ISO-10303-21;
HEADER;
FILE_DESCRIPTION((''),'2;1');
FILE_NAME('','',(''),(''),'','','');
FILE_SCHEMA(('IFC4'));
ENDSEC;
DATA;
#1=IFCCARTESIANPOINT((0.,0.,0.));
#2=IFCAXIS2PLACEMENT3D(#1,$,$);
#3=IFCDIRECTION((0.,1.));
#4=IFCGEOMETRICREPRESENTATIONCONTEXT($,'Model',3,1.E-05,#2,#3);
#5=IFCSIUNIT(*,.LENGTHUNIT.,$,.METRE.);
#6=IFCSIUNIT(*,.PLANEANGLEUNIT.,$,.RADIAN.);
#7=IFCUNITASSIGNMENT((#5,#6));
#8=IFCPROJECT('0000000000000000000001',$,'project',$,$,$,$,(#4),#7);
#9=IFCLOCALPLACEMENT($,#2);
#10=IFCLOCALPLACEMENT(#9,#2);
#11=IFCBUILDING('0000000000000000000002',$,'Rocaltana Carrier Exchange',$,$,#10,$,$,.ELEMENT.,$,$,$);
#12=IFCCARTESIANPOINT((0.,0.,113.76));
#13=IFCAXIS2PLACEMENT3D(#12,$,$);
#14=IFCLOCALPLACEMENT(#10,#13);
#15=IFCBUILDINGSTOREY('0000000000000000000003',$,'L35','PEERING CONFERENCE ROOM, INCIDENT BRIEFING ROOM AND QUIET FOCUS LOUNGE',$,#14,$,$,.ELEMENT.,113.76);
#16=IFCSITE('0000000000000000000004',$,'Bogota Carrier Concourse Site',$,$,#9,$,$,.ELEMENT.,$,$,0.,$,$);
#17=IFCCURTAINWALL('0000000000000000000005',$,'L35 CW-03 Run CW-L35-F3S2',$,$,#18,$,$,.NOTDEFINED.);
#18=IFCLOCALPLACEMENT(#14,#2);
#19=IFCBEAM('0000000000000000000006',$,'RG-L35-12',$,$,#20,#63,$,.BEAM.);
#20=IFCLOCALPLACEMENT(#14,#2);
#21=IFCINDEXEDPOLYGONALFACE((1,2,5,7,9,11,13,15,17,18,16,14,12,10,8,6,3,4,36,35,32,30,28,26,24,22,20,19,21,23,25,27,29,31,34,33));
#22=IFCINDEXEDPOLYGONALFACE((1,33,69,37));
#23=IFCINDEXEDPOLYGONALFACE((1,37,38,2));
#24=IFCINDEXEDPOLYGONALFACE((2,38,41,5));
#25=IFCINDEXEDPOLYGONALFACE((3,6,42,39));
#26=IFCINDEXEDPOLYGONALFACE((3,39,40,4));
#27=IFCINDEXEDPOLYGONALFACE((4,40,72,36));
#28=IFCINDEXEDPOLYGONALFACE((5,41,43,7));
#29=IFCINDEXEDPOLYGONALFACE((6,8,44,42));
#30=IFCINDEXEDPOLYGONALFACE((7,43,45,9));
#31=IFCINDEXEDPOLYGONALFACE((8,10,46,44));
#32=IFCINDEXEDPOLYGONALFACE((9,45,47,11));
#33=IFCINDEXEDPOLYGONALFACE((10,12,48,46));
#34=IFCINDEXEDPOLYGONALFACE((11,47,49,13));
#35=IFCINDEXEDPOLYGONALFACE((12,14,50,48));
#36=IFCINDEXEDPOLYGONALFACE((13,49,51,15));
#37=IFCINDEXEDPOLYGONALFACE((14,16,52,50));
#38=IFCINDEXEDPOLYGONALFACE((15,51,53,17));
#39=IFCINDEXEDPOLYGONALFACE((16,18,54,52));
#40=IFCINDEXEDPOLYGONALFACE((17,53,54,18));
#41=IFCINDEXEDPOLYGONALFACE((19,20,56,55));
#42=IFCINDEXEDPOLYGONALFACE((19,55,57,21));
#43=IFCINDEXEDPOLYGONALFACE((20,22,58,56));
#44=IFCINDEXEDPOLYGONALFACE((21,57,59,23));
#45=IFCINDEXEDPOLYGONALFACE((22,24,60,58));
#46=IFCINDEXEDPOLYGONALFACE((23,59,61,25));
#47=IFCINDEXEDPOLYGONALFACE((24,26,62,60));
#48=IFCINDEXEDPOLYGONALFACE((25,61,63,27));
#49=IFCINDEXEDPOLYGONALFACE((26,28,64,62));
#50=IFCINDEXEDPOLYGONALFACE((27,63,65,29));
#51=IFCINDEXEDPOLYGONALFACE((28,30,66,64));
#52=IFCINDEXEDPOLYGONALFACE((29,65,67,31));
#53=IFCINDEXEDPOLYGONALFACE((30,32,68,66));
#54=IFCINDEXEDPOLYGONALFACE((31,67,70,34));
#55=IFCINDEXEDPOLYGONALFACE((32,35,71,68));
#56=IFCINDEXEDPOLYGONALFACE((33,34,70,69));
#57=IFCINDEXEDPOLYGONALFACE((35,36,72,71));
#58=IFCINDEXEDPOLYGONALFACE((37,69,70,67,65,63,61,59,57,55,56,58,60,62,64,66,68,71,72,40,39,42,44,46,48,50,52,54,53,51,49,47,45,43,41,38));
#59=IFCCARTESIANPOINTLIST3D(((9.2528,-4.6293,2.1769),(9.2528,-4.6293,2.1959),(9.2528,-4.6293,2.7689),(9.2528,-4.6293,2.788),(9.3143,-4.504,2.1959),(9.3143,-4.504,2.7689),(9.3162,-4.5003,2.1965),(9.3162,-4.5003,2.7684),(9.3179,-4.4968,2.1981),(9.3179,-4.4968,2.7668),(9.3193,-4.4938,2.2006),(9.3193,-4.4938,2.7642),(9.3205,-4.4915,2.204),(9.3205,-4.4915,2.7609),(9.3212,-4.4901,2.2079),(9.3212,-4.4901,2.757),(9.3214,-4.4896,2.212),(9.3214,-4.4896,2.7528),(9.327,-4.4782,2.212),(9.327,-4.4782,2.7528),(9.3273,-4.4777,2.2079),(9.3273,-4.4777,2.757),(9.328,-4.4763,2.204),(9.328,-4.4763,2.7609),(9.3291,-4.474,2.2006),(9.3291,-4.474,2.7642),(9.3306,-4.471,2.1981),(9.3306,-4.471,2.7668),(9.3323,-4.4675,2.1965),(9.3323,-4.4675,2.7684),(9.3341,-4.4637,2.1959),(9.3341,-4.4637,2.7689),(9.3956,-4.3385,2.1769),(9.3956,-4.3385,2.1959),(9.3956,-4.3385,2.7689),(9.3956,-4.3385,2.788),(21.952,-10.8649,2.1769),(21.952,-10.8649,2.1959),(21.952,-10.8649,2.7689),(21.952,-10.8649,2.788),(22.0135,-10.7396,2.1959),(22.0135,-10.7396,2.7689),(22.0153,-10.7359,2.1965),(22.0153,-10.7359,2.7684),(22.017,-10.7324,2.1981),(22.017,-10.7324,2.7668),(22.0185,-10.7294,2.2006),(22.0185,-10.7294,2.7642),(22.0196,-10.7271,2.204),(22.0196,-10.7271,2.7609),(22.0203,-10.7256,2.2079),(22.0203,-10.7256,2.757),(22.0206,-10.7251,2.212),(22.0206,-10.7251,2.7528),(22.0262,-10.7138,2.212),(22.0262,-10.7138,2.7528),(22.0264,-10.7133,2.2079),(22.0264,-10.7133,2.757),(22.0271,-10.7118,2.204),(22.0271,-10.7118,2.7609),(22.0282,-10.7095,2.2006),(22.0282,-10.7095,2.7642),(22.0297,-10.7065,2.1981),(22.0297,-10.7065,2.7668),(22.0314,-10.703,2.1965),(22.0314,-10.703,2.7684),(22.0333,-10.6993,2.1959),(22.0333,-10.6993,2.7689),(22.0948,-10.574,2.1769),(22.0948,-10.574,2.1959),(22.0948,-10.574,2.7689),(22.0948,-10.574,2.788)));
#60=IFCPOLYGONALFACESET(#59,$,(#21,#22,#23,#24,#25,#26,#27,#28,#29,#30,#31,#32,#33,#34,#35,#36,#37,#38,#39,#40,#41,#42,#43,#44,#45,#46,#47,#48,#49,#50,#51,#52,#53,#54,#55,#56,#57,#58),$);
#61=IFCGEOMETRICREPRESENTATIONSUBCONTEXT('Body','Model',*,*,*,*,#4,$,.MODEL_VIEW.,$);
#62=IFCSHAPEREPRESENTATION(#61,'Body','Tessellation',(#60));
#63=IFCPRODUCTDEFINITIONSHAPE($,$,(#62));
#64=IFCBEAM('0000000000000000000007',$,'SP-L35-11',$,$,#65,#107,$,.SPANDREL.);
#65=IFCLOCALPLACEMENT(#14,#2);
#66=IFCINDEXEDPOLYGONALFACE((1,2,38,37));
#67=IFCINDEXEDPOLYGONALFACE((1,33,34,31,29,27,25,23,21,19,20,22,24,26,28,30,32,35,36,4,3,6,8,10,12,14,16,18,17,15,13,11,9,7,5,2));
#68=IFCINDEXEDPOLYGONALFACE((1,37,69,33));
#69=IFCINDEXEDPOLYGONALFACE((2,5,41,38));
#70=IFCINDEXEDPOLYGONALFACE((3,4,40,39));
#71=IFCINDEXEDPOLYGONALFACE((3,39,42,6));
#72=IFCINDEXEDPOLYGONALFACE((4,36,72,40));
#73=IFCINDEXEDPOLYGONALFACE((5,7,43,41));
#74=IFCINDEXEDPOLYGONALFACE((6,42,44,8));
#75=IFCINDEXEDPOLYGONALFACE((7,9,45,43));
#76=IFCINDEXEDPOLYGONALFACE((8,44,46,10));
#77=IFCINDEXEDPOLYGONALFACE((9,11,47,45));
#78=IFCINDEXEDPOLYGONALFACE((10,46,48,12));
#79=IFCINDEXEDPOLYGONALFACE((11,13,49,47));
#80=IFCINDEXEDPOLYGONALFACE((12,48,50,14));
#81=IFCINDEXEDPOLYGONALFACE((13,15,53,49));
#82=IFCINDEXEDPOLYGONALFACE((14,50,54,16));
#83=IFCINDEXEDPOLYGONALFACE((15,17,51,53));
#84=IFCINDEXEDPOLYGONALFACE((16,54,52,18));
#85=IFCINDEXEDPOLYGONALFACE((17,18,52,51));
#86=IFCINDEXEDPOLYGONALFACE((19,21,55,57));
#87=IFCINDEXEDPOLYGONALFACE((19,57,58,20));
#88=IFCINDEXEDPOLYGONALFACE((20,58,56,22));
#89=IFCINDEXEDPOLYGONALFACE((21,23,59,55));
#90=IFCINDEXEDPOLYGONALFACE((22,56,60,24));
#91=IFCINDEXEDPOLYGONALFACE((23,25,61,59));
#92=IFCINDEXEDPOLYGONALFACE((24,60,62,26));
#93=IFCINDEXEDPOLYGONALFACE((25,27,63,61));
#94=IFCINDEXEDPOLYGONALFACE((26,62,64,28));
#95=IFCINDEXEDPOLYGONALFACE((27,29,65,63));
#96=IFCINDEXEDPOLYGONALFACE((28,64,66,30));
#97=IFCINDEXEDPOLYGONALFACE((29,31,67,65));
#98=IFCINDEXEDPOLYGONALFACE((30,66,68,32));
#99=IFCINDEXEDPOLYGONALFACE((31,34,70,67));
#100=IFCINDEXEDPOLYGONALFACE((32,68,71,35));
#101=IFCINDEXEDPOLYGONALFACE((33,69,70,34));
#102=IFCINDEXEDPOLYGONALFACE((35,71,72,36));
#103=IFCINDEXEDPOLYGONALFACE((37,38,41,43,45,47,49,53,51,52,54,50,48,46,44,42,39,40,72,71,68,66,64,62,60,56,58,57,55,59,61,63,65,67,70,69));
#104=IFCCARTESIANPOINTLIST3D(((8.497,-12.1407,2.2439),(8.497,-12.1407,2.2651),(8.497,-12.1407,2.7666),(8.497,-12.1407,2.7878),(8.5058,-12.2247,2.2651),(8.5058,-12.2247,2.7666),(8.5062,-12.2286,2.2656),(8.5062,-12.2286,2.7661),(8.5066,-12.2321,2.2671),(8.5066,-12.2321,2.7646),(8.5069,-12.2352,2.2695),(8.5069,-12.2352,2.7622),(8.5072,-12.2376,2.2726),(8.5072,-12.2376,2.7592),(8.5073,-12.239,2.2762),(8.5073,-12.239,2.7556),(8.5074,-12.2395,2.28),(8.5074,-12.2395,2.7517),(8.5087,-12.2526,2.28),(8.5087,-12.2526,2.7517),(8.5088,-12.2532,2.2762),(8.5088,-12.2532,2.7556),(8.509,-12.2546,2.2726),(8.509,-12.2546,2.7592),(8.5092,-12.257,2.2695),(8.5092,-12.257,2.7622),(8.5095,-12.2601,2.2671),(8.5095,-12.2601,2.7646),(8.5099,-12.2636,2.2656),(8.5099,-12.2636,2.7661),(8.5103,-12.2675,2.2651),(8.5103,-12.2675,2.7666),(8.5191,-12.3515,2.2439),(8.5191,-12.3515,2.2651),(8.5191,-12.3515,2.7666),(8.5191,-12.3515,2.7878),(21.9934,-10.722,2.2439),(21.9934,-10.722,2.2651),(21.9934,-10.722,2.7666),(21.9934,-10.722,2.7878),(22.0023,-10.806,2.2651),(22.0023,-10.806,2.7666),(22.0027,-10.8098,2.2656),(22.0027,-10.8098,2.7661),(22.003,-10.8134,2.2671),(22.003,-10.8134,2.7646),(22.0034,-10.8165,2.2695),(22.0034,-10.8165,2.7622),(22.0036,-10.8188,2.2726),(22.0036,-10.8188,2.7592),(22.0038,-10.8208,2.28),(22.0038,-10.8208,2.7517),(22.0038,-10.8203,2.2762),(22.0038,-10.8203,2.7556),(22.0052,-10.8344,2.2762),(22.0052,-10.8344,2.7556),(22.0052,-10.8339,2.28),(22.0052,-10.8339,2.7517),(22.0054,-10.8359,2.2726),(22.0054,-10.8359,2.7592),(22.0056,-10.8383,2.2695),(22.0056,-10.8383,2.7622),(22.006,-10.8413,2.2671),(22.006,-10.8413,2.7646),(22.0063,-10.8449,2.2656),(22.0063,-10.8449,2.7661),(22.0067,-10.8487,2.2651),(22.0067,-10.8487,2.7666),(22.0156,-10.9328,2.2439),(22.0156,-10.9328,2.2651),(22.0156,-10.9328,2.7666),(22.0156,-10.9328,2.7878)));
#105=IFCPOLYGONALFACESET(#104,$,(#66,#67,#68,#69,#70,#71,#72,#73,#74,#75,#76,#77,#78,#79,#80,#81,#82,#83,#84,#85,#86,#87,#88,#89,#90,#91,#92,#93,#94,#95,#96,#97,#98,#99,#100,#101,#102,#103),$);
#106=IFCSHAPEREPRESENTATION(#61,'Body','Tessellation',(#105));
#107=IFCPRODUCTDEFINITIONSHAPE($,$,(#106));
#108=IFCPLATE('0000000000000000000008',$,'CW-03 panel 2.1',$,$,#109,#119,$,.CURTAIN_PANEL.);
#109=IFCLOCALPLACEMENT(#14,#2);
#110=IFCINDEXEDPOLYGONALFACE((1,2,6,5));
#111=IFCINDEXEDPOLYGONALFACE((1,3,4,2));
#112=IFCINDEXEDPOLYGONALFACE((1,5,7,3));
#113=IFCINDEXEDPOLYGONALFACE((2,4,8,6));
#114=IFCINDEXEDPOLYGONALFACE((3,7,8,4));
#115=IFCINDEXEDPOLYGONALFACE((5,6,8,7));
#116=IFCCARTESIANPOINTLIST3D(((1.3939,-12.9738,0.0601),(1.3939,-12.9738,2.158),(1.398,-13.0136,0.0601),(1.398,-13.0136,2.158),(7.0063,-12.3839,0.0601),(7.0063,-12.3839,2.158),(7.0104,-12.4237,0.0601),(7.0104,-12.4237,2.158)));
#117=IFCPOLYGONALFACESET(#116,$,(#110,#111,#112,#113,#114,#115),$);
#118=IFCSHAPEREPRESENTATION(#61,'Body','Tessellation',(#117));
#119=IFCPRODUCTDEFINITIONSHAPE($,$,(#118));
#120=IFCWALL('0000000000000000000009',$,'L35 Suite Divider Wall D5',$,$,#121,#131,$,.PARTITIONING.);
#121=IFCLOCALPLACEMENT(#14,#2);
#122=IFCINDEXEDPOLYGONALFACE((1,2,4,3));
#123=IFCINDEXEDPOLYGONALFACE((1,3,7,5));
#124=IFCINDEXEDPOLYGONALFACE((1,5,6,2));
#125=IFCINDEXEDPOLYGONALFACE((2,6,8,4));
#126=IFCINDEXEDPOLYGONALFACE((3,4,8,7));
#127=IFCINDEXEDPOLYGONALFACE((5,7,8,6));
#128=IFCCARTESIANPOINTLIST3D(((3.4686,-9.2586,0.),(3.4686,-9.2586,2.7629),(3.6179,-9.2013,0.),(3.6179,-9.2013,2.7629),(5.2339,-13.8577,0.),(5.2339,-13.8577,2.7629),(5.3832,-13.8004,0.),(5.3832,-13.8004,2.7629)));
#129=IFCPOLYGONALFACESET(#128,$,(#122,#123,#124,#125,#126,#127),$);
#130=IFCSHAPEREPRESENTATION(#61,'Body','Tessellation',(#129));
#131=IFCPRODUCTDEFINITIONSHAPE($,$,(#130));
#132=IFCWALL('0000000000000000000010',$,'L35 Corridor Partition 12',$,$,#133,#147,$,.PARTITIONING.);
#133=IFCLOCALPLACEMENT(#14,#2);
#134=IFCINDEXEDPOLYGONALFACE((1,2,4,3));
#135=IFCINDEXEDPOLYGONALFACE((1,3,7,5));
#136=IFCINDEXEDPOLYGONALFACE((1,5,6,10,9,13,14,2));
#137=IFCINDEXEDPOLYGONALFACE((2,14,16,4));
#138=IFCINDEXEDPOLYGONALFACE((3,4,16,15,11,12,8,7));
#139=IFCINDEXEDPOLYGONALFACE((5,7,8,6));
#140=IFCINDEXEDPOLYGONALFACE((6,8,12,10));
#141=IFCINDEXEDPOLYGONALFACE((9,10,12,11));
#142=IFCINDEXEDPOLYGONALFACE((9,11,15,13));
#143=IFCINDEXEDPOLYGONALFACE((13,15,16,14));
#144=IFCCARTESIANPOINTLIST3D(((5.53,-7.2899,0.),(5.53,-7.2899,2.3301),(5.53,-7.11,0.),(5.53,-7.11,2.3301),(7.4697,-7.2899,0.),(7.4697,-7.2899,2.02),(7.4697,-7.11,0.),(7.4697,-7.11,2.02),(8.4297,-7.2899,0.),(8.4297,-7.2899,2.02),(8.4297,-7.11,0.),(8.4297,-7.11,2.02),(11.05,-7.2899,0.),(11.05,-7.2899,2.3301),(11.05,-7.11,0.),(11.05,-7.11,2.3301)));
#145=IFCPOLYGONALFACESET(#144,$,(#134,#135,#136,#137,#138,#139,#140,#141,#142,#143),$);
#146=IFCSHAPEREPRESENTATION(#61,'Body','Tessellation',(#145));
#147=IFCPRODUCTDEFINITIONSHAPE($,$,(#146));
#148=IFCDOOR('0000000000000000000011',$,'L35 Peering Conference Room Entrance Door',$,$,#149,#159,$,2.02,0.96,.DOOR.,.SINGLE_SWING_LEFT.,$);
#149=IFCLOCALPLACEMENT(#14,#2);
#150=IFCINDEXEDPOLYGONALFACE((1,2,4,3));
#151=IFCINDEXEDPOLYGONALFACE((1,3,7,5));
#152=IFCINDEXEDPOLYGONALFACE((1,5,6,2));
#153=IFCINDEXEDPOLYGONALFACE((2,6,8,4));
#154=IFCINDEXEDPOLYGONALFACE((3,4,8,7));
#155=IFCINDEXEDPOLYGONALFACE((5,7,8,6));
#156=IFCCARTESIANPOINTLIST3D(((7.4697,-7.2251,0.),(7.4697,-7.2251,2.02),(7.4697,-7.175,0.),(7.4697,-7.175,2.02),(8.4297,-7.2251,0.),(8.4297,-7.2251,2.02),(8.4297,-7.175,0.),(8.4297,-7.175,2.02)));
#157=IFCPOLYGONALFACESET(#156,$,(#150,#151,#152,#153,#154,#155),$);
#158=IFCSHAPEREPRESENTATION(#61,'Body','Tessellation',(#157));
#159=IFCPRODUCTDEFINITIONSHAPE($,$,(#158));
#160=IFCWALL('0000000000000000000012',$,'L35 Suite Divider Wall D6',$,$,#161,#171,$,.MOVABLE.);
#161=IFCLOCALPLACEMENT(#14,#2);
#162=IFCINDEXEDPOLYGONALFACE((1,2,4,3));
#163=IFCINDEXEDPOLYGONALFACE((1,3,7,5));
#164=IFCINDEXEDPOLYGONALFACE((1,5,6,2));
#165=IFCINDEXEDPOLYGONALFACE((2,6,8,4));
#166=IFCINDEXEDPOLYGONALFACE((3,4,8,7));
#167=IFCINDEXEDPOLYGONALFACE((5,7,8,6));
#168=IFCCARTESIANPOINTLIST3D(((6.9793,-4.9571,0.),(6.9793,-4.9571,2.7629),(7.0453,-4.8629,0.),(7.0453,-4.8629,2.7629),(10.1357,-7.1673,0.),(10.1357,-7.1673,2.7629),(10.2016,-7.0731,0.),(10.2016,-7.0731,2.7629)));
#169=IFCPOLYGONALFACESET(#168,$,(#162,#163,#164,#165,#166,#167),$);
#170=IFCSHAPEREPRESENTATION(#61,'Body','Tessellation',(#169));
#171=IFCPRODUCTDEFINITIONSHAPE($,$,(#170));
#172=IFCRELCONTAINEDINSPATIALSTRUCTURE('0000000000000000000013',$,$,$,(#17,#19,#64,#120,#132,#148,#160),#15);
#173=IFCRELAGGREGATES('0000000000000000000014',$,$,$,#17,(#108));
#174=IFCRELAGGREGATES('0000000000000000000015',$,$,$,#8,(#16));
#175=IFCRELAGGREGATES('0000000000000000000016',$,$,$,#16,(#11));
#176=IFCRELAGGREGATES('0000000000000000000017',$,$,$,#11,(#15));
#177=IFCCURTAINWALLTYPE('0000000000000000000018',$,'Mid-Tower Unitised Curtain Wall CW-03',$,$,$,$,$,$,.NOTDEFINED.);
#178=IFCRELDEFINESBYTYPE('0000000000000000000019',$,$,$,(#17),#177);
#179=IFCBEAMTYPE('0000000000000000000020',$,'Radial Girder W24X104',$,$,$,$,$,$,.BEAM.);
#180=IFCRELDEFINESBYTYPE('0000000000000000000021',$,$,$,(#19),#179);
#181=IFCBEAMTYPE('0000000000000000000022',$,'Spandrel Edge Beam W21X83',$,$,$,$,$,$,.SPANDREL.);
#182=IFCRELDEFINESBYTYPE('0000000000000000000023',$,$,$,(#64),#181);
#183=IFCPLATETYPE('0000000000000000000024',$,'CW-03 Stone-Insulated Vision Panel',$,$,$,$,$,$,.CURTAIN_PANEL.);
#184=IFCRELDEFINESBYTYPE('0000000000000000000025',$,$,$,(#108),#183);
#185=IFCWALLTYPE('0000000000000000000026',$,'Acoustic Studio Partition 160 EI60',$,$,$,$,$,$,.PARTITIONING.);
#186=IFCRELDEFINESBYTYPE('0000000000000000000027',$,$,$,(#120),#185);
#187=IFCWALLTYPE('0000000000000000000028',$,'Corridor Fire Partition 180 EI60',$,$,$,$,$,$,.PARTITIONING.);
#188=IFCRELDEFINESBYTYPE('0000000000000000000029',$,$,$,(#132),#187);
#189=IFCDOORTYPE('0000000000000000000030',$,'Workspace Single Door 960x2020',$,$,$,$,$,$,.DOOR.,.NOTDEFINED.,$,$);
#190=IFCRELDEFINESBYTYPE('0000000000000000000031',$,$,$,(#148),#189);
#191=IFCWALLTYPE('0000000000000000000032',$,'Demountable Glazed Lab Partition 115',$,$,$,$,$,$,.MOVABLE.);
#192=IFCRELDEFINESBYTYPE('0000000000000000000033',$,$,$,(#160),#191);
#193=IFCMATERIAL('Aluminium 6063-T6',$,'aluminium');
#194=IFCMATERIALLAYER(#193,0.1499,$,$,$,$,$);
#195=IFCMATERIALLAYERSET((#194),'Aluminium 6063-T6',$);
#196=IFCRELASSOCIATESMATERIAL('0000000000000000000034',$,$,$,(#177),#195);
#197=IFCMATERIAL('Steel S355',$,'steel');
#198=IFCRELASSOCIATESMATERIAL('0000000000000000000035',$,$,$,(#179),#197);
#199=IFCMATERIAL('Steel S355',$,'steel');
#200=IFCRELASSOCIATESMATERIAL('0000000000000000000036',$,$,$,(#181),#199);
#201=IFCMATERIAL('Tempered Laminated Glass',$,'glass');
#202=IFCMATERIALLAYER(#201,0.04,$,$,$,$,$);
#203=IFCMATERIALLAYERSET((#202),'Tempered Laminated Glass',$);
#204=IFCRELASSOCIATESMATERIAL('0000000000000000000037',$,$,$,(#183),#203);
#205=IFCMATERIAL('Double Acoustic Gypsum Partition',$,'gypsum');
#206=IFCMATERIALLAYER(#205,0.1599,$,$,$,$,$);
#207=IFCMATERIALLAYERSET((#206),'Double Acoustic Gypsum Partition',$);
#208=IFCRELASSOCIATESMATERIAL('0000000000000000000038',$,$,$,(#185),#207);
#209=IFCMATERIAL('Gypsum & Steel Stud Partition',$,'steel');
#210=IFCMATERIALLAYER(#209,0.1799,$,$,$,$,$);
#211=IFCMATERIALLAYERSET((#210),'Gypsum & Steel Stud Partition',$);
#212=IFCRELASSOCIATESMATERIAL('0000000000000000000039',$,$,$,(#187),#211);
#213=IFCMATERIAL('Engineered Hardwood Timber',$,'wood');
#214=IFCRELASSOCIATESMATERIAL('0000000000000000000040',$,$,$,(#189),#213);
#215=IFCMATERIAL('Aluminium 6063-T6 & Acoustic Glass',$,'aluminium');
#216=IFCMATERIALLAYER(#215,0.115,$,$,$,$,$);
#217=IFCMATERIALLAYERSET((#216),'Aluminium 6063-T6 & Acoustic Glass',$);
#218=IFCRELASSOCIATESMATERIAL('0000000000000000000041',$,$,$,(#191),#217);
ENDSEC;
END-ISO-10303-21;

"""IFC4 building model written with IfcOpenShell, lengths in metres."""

from ifc_helpers import new_model, si_unit, direction, frame, frame_2d, origin, origin_2d, place, context, subcontext, project, spatial, rectangle, i_section, extrude, material, layer, layer_set, material_profile, profile_set, type_object, element, fill, aggregate, save


model = new_model("IFC4")

# Units and contexts
model_context = context("Model", 3, precision=1e-05, world=origin(), true_north=direction((0.0, 1.0)))
body_context = subcontext(model_context, "Body", "Model", "MODEL_VIEW")
ifc_project = project(units=[si_unit("LENGTHUNIT", "METRE"), si_unit("PLANEANGLEUNIT", "RADIAN")], contexts=[model_context])

# Site, building, storey
site_placement = place(None, origin())
site = spatial("IfcSite", under=ifc_project, at=site_placement, Name="Bogota Carrier Concourse Site", CompositionType="ELEMENT", RefElevation=0.0)
building_placement = place(site_placement, origin())
building = spatial("IfcBuilding", under=site, at=building_placement, Name="Rocaltana Carrier Exchange", CompositionType="ELEMENT")
storey_placement = place(building_placement, frame((0.0, 0.0, 113.76)))
storey = spatial("IfcBuildingStorey", under=building, at=storey_placement, Name="L35", Description="PEERING CONFERENCE ROOM, INCIDENT BRIEFING ROOM AND QUIET FOCUS LOUNGE", CompositionType="ELEMENT", Elevation=113.76)

# Curtain wall
ifc_material_1 = material(Name="Aluminium 6063-T6", Category="aluminium")
ifc_layer_1 = layer(ifc_material_1, 0.1499)
ifc_layer_set_1 = layer_set([ifc_layer_1], Name="Aluminium 6063-T6")
curtain_wall_type = type_object("IfcCurtainWallType", Name="Mid-Tower Unitised Curtain Wall CW-03", PredefinedType="NOTDEFINED", material=ifc_layer_set_1)
curtain_wall_placement = place(storey_placement, origin())
curtain_wall = element("IfcCurtainWall", 1, at=curtain_wall_placement, inside=storey, type_object=curtain_wall_type, Name="L35 CW-03 Run CW-L35-F3S2", PredefinedType="NOTDEFINED")

# Beams
ifc_material_2 = material(Name="Steel S355", Category="steel")
ifc_material_profile_1 = material_profile(ifc_material_2, i_section(OverallWidth=0.324, OverallDepth=0.6111, WebThickness=0.0127, FlangeThickness=0.019, FilletRadius=0.0161, at=origin_2d()), Name="W24X104")
ifc_profile_set_1 = profile_set([ifc_material_profile_1], Name="Steel S355")
beam_type_1 = type_object("IfcBeamType", Name="Radial Girder W24X104", PredefinedType="BEAM", material=ifc_profile_set_1)
beam_1_placement = place(storey_placement, frame((9.3242, -4.4839, 2.4824), z_axis=(0.897628, -0.440755, 0.0), x_axis=(0.440755, 0.897628, 0.0)))
element("IfcBeam", 2, at=beam_1_placement, inside=storey, type_object=beam_type_1, Name="RG-L35-12", PredefinedType="BEAM", context=body_context, shape_type="SweptSolid", body=[
    extrude(i_section(OverallWidth=0.324, OverallDepth=0.6111, WebThickness=0.0127, FlangeThickness=0.019, FilletRadius=0.0161, at=origin_2d()), origin(), (0.0, 0.0, 1.0), 14.1475),
])
ifc_material_3 = material(Name="Steel S355", Category="steel")
ifc_material_profile_2 = material_profile(ifc_material_3, i_section(OverallWidth=0.2119, OverallDepth=0.5439, WebThickness=0.0132, FlangeThickness=0.0212, FilletRadius=0.0149, at=origin_2d()), Name="W21X83")
ifc_profile_set_2 = profile_set([ifc_material_profile_2], Name="Steel S355")
beam_type_2 = type_object("IfcBeamType", Name="Spandrel Edge Beam W21X83", PredefinedType="SPANDREL", material=ifc_profile_set_2)
beam_2_placement = place(storey_placement, frame((8.5081, -12.2461, 2.5159), z_axis=(0.994521, 0.104542, 0.0), x_axis=(-0.104542, 0.994521, 0.0)))
element("IfcBeam", 3, at=beam_2_placement, inside=storey, type_object=beam_type_2, Name="SP-L35-11", PredefinedType="SPANDREL", context=body_context, shape_type="SweptSolid", body=[
    extrude(i_section(OverallWidth=0.2119, OverallDepth=0.5439, WebThickness=0.0132, FlangeThickness=0.0212, FilletRadius=0.0149, at=origin_2d()), origin(), (0.0, 0.0, 1.0), 13.5708),
])

# Plate
ifc_material_4 = material(Name="Tempered Laminated Glass", Category="glass")
ifc_layer_2 = layer(ifc_material_4, 0.04)
ifc_layer_set_2 = layer_set([ifc_layer_2], Name="Tempered Laminated Glass")
plate_type = type_object("IfcPlateType", Name="CW-03 Stone-Insulated Vision Panel", PredefinedType="CURTAIN_PANEL", material=ifc_layer_set_2)
plate_placement = place(storey_placement, frame((4.2021, -12.6987, 0.0601), z_axis=(0.0, 0.0, 1.0), x_axis=(0.994522, 0.10453, 0.0)))
plate = element("IfcPlate", 4, at=plate_placement, type_object=plate_type, Name="CW-03 panel 2.1", PredefinedType="CURTAIN_PANEL", context=body_context, shape_type="SweptSolid", body=[
    extrude(rectangle(XDim=5.6433, YDim=0.04, at=origin_2d()), origin(), (0.0, 0.0, 1.0), 2.0979),
])
aggregate(curtain_wall, [plate])

# Wall
ifc_material_5 = material(Name="Double Acoustic Gypsum Partition", Category="gypsum")
ifc_layer_3 = layer(ifc_material_5, 0.1599)
ifc_layer_set_3 = layer_set([ifc_layer_3], Name="Double Acoustic Gypsum Partition")
wall_type_1 = type_object("IfcWallType", Name="Acoustic Studio Partition 160 EI60", PredefinedType="PARTITIONING", material=ifc_layer_set_3)
wall_1_placement = place(storey_placement, frame((3.5432, -9.23, 0.0), z_axis=(0.0, 0.0, 1.0), x_axis=(0.358358, -0.933584, 0.0)))
element("IfcWall", 5, at=wall_1_placement, inside=storey, type_object=wall_type_1, Name="L35 Suite Divider Wall D5", PredefinedType="PARTITIONING", context=body_context, shape_type="SweptSolid", body=[
    extrude(rectangle(XDim=4.9263, YDim=0.1599, at=frame_2d((2.4631, 0.0))), origin(), (0.0, 0.0, 1.0), 2.7629),
])

# Wall, opening, door
ifc_material_6 = material(Name="Gypsum & Steel Stud Partition", Category="steel")
ifc_layer_4 = layer(ifc_material_6, 0.1799)
ifc_layer_set_4 = layer_set([ifc_layer_4], Name="Gypsum & Steel Stud Partition")
wall_type_2 = type_object("IfcWallType", Name="Corridor Fire Partition 180 EI60", PredefinedType="PARTITIONING", material=ifc_layer_set_4)
wall_2_placement = place(storey_placement, frame((5.53, -7.2, 0.0), z_axis=(0.0, 0.0, 1.0), x_axis=(1.0, 0.0, 0.0)))
wall_2 = element("IfcWall", 6, at=wall_2_placement, inside=storey, type_object=wall_type_2, Name="L35 Corridor Partition 12", PredefinedType="PARTITIONING", context=body_context, shape_type="SweptSolid", body=[
    extrude(rectangle(XDim=5.52, YDim=0.1799, at=frame_2d((2.76, 0.0))), origin(), (0.0, 0.0, 1.0), 2.3301),
])
opening_placement = place(wall_2_placement, frame((1.9397, 0.0, 0.0)))
opening = element("IfcOpeningElement", 7, at=opening_placement, cuts=wall_2, PredefinedType="OPENING", context=body_context, shape_type="SweptSolid", body=[
    extrude(rectangle(XDim=0.96, YDim=2.02, at=frame_2d((0.48, 1.01))), frame((0.0, 0.0999, 0.0), z_axis=(0.0, -1.0, 0.0), x_axis=(1.0, 0.0, 0.0)), (0.0, 0.0, 1.0), 0.2),
])
ifc_material_7 = material(Name="Engineered Hardwood Timber", Category="wood")
door_type = type_object("IfcDoorType", Name="Workspace Single Door 960x2020", OperationType="NOTDEFINED", PredefinedType="DOOR", material=ifc_material_7)
door_placement = place(opening_placement, origin())
door = element("IfcDoor", 8, at=door_placement, inside=storey, type_object=door_type, Name="L35 Peering Conference Room Entrance Door", OperationType="SINGLE_SWING_LEFT", OverallHeight=2.02, OverallWidth=0.96, PredefinedType="DOOR", context=body_context, shape_type="SweptSolid", body=[
    extrude(rectangle(XDim=0.96, YDim=2.02, at=frame_2d((0.48, 1.01))), frame((0.0, 0.0249, 0.0), z_axis=(0.0, -1.0, 0.0), x_axis=(1.0, 0.0, 0.0)), (0.0, 0.0, 1.0), 0.05),
])
fill(opening, door)

# Wall
ifc_material_8 = material(Name="Aluminium 6063-T6 & Acoustic Glass", Category="aluminium")
ifc_layer_5 = layer(ifc_material_8, 0.115)
ifc_layer_set_5 = layer_set([ifc_layer_5], Name="Aluminium 6063-T6 & Acoustic Glass")
wall_type_3 = type_object("IfcWallType", Name="Demountable Glazed Lab Partition 115", PredefinedType="MOVABLE", material=ifc_layer_set_5)
wall_3_placement = place(storey_placement, frame((7.0122, -4.9099, 0.0), z_axis=(0.0, 0.0, 1.0), x_axis=(0.819131, -0.573607, 0.0)))
element("IfcWall", 9, at=wall_3_placement, inside=storey, type_object=wall_type_3, Name="L35 Suite Divider Wall D6", PredefinedType="MOVABLE", context=body_context, shape_type="SweptSolid", body=[
    extrude(rectangle(XDim=3.8533, YDim=0.115, at=frame_2d((1.9268, 0.0))), origin(), (0.0, 0.0, 1.0), 2.7629),
])

save(model, "model.ifc")
